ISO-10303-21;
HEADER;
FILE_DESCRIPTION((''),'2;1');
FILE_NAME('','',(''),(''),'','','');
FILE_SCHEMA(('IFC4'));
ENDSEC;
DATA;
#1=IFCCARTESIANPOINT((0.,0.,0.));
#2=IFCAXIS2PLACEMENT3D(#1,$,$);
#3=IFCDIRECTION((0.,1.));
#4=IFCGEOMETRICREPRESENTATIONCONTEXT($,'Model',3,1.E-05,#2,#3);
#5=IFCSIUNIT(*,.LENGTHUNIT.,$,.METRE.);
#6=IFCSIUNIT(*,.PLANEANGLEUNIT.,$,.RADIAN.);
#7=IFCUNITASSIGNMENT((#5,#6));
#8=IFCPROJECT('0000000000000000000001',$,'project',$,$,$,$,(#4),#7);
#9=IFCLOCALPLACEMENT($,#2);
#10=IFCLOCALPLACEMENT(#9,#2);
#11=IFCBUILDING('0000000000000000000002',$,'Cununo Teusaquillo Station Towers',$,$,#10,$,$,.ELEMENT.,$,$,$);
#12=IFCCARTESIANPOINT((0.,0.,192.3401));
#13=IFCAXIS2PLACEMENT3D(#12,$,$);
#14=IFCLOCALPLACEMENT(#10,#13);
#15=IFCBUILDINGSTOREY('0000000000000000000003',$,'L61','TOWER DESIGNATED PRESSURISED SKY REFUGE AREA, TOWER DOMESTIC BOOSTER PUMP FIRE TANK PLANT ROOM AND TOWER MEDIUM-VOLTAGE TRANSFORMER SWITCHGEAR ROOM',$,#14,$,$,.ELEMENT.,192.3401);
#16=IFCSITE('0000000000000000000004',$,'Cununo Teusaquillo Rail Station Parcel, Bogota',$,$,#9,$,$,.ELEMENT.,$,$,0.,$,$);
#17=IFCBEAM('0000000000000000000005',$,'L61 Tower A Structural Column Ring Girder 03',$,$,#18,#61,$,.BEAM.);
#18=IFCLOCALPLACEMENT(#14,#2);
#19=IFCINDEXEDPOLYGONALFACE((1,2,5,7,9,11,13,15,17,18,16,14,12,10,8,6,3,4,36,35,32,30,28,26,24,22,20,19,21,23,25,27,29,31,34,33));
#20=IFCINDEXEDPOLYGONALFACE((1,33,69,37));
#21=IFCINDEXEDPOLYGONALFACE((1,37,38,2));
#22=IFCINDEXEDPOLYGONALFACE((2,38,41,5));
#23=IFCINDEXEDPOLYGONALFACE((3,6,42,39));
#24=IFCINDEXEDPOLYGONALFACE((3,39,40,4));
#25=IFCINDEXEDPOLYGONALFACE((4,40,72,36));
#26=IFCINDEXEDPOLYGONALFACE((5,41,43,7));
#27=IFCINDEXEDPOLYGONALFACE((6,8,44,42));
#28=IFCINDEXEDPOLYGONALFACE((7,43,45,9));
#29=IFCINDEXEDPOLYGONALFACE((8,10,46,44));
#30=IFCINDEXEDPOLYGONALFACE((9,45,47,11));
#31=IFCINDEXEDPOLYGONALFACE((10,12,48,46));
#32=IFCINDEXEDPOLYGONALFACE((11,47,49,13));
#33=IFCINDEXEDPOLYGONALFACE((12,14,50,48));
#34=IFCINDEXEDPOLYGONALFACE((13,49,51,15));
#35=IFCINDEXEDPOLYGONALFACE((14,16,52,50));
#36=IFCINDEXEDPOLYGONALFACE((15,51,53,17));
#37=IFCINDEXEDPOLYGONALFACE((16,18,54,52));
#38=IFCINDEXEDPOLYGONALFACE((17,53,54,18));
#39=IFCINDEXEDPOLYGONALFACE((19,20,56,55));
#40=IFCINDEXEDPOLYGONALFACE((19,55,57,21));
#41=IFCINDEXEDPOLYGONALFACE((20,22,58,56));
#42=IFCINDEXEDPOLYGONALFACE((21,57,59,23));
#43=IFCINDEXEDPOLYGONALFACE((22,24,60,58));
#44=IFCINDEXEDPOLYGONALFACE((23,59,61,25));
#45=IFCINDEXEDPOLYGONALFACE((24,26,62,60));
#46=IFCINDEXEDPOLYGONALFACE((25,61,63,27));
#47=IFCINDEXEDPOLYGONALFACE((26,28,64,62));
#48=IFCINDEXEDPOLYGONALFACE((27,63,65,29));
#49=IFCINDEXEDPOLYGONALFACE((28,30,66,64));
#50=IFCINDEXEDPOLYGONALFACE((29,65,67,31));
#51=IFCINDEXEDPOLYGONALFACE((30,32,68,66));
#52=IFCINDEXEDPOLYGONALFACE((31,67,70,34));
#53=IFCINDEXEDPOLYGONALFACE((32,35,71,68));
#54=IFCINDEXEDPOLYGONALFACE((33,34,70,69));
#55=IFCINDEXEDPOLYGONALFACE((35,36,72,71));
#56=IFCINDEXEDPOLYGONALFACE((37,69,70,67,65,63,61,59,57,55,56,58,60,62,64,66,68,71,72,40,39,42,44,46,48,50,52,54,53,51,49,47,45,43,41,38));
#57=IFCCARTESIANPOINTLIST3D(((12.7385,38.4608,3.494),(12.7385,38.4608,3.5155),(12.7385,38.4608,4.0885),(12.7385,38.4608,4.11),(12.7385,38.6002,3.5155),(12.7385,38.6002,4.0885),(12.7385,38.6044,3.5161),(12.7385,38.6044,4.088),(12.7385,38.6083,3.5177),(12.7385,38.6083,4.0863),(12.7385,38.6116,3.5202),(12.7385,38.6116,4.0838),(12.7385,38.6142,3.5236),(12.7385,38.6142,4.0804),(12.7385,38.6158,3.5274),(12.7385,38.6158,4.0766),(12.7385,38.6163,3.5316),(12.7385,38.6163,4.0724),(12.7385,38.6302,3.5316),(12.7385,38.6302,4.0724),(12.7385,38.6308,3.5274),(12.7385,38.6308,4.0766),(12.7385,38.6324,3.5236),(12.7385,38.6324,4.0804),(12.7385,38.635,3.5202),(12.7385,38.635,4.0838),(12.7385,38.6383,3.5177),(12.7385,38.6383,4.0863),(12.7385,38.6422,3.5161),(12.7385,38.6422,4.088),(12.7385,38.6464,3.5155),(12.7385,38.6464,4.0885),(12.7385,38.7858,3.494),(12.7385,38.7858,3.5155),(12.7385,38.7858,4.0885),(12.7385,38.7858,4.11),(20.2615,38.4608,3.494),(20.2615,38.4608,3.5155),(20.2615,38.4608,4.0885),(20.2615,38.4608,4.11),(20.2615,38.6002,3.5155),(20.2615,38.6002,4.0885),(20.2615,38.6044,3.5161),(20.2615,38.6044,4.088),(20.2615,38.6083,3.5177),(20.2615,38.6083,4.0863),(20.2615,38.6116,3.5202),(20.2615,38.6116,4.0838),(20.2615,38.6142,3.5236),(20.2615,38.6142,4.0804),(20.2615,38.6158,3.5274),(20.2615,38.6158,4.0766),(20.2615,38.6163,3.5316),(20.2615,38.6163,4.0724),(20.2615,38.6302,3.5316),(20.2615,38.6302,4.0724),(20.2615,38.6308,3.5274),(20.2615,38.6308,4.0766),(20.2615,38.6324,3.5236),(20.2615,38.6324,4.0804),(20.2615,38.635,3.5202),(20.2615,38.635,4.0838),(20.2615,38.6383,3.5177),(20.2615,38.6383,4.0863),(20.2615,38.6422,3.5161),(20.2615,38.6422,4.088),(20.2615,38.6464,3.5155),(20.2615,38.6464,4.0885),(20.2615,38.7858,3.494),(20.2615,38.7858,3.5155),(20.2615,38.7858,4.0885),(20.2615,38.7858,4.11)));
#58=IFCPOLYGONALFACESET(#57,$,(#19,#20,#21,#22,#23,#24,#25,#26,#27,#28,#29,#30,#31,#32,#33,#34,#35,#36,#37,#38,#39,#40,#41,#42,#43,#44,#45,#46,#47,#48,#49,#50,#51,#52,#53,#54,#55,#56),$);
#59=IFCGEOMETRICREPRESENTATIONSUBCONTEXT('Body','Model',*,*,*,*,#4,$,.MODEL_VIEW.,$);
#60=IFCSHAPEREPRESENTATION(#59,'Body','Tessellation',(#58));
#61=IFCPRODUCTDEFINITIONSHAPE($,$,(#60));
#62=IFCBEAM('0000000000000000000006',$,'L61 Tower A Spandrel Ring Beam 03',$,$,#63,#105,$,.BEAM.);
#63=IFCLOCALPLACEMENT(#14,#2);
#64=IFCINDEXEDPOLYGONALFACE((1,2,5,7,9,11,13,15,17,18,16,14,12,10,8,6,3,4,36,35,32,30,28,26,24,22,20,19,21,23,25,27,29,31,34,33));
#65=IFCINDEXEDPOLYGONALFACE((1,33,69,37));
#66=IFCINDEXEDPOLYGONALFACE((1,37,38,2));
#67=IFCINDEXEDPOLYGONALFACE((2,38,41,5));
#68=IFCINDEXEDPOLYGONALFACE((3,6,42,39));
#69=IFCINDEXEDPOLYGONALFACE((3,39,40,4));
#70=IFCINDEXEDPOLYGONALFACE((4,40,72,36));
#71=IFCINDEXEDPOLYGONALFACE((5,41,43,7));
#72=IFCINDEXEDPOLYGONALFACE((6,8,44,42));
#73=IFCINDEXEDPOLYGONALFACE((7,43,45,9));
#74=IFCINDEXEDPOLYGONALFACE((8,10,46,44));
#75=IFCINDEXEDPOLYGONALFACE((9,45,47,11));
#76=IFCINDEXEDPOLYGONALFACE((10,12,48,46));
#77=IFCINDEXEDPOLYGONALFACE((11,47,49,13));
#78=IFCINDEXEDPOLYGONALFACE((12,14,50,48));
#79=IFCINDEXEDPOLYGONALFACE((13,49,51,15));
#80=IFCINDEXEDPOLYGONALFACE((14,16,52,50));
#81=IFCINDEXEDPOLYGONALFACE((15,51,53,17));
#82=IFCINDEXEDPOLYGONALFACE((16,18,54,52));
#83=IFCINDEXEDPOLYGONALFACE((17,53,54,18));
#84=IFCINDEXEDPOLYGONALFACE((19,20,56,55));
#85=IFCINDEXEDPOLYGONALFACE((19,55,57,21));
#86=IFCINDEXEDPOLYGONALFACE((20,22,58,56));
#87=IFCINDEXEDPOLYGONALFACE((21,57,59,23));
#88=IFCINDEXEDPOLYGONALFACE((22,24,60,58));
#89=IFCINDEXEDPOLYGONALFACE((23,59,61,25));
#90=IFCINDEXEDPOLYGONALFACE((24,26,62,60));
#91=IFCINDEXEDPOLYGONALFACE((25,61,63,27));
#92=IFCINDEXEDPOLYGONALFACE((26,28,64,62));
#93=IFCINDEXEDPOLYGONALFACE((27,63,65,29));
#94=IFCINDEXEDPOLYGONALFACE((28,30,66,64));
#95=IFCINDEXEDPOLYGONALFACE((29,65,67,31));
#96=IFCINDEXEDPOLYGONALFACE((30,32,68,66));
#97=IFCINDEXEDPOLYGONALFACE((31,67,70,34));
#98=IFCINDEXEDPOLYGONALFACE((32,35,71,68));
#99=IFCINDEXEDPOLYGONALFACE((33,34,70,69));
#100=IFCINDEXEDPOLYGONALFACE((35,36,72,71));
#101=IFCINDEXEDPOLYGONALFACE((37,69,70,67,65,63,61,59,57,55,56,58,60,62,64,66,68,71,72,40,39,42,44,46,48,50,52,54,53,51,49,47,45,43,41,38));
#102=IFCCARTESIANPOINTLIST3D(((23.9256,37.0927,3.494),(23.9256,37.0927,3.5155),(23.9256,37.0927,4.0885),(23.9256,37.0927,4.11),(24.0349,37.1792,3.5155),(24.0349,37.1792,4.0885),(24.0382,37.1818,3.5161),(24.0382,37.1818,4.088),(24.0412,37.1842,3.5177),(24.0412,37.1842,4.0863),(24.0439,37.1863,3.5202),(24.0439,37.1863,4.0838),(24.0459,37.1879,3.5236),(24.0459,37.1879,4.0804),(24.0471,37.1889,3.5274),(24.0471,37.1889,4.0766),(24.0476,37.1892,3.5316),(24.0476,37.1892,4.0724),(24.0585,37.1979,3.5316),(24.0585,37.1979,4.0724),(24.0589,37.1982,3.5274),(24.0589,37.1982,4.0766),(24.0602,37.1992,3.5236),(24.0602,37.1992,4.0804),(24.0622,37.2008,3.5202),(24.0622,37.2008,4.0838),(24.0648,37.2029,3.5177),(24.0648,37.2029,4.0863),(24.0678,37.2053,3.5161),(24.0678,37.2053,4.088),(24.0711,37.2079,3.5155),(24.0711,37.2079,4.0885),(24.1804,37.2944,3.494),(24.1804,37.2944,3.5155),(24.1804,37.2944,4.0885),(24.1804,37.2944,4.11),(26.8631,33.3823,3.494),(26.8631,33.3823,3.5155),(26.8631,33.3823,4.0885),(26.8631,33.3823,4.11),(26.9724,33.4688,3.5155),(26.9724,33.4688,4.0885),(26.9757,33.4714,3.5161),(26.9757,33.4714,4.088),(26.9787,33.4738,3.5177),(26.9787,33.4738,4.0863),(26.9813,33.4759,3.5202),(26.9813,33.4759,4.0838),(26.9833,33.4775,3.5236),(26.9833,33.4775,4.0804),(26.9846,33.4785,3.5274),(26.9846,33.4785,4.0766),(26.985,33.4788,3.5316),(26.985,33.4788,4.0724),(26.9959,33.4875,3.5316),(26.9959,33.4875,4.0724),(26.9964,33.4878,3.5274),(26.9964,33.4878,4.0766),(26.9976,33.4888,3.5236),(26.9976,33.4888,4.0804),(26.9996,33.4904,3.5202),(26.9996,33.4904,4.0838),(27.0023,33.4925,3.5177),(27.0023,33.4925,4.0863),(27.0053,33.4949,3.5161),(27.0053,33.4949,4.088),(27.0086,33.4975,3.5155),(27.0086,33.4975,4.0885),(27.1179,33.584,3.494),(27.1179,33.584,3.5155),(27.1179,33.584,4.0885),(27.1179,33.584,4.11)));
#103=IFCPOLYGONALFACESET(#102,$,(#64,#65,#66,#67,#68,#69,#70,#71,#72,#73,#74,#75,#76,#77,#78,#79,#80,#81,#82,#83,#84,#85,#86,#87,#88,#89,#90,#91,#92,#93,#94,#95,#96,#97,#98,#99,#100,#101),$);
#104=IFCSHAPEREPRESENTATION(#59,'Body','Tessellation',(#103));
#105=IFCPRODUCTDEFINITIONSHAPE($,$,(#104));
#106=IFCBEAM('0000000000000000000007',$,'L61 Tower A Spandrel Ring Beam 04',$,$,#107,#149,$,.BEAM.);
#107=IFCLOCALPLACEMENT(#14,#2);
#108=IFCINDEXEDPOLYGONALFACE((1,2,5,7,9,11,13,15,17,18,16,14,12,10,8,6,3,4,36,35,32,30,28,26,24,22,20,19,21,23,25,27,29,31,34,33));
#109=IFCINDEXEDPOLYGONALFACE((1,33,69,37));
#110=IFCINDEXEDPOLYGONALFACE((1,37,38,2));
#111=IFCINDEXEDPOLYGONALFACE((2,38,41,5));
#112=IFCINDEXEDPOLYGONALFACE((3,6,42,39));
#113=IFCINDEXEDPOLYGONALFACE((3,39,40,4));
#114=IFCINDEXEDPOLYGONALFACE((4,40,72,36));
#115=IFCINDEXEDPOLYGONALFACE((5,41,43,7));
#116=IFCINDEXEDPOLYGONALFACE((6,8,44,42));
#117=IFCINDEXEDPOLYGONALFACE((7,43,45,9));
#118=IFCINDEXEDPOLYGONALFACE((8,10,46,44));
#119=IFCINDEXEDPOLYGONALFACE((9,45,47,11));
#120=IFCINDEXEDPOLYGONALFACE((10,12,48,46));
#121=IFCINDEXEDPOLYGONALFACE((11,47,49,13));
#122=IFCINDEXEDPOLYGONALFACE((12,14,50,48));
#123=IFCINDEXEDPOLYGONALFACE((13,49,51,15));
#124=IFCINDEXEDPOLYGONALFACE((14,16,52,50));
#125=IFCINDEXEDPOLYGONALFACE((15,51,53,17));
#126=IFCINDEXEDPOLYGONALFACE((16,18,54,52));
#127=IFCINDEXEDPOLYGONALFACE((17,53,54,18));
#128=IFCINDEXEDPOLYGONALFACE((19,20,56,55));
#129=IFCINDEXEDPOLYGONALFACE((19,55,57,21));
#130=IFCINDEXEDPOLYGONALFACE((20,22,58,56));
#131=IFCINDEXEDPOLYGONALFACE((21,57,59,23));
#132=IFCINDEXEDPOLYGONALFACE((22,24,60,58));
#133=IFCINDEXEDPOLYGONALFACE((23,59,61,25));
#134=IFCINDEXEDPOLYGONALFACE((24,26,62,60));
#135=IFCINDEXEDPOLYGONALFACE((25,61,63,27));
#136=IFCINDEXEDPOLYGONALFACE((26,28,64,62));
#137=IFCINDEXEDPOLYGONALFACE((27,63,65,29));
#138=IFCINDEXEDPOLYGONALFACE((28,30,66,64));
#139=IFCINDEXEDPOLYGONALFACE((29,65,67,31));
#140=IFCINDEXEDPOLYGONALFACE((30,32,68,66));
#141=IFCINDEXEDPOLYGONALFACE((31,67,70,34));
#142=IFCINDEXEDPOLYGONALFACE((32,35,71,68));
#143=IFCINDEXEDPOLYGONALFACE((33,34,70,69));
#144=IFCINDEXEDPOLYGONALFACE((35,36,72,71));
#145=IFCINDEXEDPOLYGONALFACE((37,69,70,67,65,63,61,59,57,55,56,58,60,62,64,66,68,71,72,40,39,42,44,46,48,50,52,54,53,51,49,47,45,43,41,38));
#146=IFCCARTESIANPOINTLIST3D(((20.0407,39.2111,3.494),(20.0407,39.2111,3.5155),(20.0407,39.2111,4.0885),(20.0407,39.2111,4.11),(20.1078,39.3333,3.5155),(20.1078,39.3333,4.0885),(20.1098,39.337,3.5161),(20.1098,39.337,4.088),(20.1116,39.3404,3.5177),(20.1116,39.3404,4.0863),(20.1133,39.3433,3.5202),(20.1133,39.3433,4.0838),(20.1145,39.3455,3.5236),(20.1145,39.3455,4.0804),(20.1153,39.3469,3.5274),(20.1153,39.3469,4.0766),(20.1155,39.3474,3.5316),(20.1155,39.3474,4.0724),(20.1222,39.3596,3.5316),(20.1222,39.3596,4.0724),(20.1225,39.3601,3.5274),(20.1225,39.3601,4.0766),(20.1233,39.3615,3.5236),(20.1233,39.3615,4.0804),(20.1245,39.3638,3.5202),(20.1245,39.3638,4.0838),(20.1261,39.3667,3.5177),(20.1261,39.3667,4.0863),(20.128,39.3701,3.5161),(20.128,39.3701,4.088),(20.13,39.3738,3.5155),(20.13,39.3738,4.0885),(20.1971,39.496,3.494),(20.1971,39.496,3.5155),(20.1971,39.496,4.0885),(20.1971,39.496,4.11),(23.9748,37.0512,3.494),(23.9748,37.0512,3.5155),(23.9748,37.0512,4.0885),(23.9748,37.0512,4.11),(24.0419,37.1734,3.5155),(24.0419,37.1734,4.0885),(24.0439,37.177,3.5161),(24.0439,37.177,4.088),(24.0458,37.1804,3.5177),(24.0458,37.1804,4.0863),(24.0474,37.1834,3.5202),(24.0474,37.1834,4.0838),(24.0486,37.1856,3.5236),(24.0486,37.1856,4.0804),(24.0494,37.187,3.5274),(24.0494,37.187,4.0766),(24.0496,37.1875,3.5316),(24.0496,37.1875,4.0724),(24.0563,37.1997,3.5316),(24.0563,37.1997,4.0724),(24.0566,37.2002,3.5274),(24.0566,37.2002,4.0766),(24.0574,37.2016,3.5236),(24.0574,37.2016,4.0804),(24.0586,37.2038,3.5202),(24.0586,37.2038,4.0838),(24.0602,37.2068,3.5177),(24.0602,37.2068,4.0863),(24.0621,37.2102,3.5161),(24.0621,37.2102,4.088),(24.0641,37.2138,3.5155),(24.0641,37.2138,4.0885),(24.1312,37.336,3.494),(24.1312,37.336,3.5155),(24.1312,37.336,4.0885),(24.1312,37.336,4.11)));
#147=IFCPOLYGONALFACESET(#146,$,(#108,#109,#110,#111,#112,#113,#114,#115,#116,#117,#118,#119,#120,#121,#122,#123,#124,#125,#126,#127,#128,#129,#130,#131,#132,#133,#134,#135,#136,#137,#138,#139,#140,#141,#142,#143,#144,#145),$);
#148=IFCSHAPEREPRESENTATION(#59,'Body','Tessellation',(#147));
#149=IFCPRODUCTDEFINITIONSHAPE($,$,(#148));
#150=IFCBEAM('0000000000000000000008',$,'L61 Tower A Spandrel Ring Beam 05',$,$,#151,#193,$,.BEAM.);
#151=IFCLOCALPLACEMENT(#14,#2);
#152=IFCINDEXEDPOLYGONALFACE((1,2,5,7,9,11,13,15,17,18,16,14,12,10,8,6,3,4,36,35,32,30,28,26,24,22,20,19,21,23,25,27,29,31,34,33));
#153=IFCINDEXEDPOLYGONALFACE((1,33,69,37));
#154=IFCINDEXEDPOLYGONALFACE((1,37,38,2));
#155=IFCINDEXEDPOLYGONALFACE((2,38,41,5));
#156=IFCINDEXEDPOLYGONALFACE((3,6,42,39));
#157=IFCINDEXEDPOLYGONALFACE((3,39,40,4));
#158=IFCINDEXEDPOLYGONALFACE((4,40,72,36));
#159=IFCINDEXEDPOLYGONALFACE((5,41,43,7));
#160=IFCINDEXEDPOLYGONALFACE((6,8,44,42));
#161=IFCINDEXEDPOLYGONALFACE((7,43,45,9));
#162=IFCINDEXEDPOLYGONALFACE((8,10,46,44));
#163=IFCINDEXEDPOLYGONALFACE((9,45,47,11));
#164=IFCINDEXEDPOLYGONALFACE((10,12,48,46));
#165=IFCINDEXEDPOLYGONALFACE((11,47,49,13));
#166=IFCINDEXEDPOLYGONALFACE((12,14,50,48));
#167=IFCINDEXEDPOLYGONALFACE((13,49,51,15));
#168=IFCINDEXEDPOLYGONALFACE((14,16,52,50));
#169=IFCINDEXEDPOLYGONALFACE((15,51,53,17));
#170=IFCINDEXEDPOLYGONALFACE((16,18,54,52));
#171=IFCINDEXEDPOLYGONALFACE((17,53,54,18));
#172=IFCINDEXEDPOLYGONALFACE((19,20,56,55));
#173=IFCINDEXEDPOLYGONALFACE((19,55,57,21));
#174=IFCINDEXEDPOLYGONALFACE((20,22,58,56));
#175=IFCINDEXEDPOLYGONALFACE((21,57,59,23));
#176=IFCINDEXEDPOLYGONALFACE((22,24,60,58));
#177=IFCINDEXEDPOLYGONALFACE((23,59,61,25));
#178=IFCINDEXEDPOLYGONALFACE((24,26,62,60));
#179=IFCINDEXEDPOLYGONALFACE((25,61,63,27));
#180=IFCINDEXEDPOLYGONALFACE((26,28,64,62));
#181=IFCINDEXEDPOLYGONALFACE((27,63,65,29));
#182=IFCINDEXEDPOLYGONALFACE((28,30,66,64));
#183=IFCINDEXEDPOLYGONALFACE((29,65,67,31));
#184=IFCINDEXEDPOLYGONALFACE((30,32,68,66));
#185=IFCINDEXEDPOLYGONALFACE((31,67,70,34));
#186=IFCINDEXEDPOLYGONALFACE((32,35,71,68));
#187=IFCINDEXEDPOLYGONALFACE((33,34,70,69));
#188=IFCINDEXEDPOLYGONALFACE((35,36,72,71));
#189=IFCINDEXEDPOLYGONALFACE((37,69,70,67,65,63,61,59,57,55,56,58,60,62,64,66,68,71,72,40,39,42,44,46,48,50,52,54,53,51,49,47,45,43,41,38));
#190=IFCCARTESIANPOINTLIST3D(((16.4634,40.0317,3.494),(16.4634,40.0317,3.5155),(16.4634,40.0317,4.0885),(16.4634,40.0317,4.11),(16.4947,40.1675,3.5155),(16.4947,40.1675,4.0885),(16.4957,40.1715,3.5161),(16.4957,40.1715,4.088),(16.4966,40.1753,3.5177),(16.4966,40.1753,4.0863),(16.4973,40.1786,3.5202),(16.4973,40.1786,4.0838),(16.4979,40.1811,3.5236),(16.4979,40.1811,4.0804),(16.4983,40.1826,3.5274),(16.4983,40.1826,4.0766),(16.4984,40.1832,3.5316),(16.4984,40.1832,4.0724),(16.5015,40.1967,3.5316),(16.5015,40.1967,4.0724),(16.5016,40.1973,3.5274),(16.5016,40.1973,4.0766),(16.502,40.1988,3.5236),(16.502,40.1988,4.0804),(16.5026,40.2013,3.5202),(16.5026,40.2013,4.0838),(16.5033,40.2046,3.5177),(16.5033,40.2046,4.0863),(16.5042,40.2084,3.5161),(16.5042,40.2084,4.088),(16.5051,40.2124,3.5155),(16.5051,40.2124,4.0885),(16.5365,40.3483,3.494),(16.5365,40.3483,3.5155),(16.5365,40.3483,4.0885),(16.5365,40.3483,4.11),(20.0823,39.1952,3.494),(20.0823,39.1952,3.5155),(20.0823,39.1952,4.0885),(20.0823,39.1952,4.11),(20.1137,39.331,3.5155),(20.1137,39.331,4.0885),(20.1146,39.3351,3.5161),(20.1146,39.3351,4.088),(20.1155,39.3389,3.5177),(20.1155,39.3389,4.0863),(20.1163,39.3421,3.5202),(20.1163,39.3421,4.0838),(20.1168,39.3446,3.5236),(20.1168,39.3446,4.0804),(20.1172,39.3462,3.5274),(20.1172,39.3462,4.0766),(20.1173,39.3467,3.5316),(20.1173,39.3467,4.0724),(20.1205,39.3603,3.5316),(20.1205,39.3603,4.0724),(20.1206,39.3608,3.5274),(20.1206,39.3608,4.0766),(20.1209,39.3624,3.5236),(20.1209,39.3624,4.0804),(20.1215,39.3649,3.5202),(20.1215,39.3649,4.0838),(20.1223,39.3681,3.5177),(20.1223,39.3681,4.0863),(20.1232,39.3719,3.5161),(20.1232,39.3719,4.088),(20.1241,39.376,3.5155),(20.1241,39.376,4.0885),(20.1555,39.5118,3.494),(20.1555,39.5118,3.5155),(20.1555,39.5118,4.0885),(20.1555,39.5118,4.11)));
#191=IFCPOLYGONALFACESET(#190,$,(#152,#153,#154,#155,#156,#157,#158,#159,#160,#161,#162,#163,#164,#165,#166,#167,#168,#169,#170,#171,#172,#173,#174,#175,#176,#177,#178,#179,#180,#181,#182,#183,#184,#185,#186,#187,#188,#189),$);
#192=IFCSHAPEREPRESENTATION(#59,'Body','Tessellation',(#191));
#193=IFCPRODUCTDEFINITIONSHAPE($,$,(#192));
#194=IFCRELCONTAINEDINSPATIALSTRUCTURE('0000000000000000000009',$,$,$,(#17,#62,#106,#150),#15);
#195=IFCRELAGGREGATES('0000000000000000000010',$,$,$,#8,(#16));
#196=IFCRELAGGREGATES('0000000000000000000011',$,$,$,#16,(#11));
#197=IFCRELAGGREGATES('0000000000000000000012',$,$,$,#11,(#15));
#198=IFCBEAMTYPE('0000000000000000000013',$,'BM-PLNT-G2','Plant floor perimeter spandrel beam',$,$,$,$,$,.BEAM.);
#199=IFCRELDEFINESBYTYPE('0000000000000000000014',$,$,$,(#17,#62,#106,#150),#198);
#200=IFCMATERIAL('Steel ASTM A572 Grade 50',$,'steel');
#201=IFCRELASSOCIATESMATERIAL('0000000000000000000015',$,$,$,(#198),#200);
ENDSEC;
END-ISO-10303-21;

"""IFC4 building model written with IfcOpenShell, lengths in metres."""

from ifc_helpers import new_model, si_unit, direction, frame, origin, origin_2d, place, context, subcontext, project, spatial, i_section, extrude, material, material_profile, profile_set, type_object, element, save


model = new_model("IFC4")

# Units and contexts
model_context = context("Model", 3, precision=1e-05, world=origin(), true_north=direction((0.0, 1.0)))
body_context = subcontext(model_context, "Body", "Model", "MODEL_VIEW")
ifc_project = project(units=[si_unit("LENGTHUNIT", "METRE"), si_unit("PLANEANGLEUNIT", "RADIAN")], contexts=[model_context])

# Site, building, storey
site_placement = place(None, origin())
site = spatial("IfcSite", under=ifc_project, at=site_placement, Name="Cununo Teusaquillo Rail Station Parcel, Bogota", CompositionType="ELEMENT", RefElevation=0.0)
building_placement = place(site_placement, origin())
building = spatial("IfcBuilding", under=site, at=building_placement, Name="Cununo Teusaquillo Station Towers", CompositionType="ELEMENT")
storey_placement = place(building_placement, frame((0.0, 0.0, 192.3401)))
storey = spatial("IfcBuildingStorey", under=building, at=storey_placement, Name="L61", Description="TOWER DESIGNATED PRESSURISED SKY REFUGE AREA, TOWER DOMESTIC BOOSTER PUMP FIRE TANK PLANT ROOM AND TOWER MEDIUM-VOLTAGE TRANSFORMER SWITCHGEAR ROOM", CompositionType="ELEMENT", Elevation=192.3401)

# Beams
ifc_material_1 = material(Name="Steel ASTM A572 Grade 50", Category="steel")
ifc_material_profile_1 = material_profile(ifc_material_1, i_section(OverallWidth=0.325, OverallDepth=0.616, WebThickness=0.0139, FlangeThickness=0.0215, FilletRadius=0.0161, at=origin_2d()), Name="W24X117")
ifc_profile_set_1 = profile_set([ifc_material_profile_1], Name="Steel ASTM A572 Grade 50")
beam_type_1 = type_object("IfcBeamType", Name="BM-PLNT-G2", Description="Plant floor perimeter spandrel beam", PredefinedType="BEAM", material=ifc_profile_set_1)
beam_1_placement = place(storey_placement, frame((20.2615, 38.6233, 3.802), z_axis=(-1.0, 0.0, 0.0), x_axis=(0.0, -1.0, 0.0)))
element("IfcBeam", 1, at=beam_1_placement, inside=storey, type_object=beam_type_1, Name="L61 Tower A Structural Column Ring Girder 03", PredefinedType="BEAM", context=body_context, shape_type="SweptSolid", body=[
    extrude(i_section(OverallWidth=0.325, OverallDepth=0.616, WebThickness=0.0139, FlangeThickness=0.0215, FilletRadius=0.0161, at=origin_2d()), origin(), (0.0, 0.0, 1.0), 7.5229),
])
beam_2_placement = place(storey_placement, frame((26.9905, 33.4832, 3.802), z_axis=(-0.620711, 0.78404, 0.0), x_axis=(-0.78404, -0.620711, 0.0)))
element("IfcBeam", 2, at=beam_2_placement, inside=storey, type_object=beam_type_1, Name="L61 Tower A Spandrel Ring Beam 03", PredefinedType="BEAM", context=body_context, shape_type="SweptSolid", body=[
    extrude(i_section(OverallWidth=0.325, OverallDepth=0.616, WebThickness=0.0139, FlangeThickness=0.0215, FilletRadius=0.0161, at=origin_2d()), origin(), (0.0, 0.0, 1.0), 4.7324),
])
beam_3_placement = place(storey_placement, frame((24.053, 37.1936, 3.802), z_axis=(-0.876576, 0.481263, 0.0), x_axis=(-0.481263, -0.876576, 0.0)))
element("IfcBeam", 3, at=beam_3_placement, inside=storey, type_object=beam_type_1, Name="L61 Tower A Spandrel Ring Beam 04", PredefinedType="BEAM", context=body_context, shape_type="SweptSolid", body=[
    extrude(i_section(OverallWidth=0.325, OverallDepth=0.616, WebThickness=0.0139, FlangeThickness=0.0215, FilletRadius=0.0161, at=origin_2d()), origin(), (0.0, 0.0, 1.0), 4.488),
])
for number, where, z_axis, x_axis, name in (
    (4, (20.1189, 39.3535, 3.802), (-0.974315, 0.225191, 0.0), (-0.225191, -0.974315, 0.0), "L61 Tower A Spandrel Ring Beam 05"),
):
    element("IfcBeam", number, at=place(storey_placement, frame(where, z_axis=z_axis, x_axis=x_axis)), inside=storey, type_object=beam_type_1, Name=name, PredefinedType="BEAM", context=body_context, shape_type="SweptSolid", body=[
        extrude(i_section(OverallWidth=0.325, OverallDepth=0.616, WebThickness=0.0139, FlangeThickness=0.0215, FilletRadius=0.0161, at=origin_2d()), origin(), (0.0, 0.0, 1.0), 3.7144),
    ])

save(model, "model.ifc")
